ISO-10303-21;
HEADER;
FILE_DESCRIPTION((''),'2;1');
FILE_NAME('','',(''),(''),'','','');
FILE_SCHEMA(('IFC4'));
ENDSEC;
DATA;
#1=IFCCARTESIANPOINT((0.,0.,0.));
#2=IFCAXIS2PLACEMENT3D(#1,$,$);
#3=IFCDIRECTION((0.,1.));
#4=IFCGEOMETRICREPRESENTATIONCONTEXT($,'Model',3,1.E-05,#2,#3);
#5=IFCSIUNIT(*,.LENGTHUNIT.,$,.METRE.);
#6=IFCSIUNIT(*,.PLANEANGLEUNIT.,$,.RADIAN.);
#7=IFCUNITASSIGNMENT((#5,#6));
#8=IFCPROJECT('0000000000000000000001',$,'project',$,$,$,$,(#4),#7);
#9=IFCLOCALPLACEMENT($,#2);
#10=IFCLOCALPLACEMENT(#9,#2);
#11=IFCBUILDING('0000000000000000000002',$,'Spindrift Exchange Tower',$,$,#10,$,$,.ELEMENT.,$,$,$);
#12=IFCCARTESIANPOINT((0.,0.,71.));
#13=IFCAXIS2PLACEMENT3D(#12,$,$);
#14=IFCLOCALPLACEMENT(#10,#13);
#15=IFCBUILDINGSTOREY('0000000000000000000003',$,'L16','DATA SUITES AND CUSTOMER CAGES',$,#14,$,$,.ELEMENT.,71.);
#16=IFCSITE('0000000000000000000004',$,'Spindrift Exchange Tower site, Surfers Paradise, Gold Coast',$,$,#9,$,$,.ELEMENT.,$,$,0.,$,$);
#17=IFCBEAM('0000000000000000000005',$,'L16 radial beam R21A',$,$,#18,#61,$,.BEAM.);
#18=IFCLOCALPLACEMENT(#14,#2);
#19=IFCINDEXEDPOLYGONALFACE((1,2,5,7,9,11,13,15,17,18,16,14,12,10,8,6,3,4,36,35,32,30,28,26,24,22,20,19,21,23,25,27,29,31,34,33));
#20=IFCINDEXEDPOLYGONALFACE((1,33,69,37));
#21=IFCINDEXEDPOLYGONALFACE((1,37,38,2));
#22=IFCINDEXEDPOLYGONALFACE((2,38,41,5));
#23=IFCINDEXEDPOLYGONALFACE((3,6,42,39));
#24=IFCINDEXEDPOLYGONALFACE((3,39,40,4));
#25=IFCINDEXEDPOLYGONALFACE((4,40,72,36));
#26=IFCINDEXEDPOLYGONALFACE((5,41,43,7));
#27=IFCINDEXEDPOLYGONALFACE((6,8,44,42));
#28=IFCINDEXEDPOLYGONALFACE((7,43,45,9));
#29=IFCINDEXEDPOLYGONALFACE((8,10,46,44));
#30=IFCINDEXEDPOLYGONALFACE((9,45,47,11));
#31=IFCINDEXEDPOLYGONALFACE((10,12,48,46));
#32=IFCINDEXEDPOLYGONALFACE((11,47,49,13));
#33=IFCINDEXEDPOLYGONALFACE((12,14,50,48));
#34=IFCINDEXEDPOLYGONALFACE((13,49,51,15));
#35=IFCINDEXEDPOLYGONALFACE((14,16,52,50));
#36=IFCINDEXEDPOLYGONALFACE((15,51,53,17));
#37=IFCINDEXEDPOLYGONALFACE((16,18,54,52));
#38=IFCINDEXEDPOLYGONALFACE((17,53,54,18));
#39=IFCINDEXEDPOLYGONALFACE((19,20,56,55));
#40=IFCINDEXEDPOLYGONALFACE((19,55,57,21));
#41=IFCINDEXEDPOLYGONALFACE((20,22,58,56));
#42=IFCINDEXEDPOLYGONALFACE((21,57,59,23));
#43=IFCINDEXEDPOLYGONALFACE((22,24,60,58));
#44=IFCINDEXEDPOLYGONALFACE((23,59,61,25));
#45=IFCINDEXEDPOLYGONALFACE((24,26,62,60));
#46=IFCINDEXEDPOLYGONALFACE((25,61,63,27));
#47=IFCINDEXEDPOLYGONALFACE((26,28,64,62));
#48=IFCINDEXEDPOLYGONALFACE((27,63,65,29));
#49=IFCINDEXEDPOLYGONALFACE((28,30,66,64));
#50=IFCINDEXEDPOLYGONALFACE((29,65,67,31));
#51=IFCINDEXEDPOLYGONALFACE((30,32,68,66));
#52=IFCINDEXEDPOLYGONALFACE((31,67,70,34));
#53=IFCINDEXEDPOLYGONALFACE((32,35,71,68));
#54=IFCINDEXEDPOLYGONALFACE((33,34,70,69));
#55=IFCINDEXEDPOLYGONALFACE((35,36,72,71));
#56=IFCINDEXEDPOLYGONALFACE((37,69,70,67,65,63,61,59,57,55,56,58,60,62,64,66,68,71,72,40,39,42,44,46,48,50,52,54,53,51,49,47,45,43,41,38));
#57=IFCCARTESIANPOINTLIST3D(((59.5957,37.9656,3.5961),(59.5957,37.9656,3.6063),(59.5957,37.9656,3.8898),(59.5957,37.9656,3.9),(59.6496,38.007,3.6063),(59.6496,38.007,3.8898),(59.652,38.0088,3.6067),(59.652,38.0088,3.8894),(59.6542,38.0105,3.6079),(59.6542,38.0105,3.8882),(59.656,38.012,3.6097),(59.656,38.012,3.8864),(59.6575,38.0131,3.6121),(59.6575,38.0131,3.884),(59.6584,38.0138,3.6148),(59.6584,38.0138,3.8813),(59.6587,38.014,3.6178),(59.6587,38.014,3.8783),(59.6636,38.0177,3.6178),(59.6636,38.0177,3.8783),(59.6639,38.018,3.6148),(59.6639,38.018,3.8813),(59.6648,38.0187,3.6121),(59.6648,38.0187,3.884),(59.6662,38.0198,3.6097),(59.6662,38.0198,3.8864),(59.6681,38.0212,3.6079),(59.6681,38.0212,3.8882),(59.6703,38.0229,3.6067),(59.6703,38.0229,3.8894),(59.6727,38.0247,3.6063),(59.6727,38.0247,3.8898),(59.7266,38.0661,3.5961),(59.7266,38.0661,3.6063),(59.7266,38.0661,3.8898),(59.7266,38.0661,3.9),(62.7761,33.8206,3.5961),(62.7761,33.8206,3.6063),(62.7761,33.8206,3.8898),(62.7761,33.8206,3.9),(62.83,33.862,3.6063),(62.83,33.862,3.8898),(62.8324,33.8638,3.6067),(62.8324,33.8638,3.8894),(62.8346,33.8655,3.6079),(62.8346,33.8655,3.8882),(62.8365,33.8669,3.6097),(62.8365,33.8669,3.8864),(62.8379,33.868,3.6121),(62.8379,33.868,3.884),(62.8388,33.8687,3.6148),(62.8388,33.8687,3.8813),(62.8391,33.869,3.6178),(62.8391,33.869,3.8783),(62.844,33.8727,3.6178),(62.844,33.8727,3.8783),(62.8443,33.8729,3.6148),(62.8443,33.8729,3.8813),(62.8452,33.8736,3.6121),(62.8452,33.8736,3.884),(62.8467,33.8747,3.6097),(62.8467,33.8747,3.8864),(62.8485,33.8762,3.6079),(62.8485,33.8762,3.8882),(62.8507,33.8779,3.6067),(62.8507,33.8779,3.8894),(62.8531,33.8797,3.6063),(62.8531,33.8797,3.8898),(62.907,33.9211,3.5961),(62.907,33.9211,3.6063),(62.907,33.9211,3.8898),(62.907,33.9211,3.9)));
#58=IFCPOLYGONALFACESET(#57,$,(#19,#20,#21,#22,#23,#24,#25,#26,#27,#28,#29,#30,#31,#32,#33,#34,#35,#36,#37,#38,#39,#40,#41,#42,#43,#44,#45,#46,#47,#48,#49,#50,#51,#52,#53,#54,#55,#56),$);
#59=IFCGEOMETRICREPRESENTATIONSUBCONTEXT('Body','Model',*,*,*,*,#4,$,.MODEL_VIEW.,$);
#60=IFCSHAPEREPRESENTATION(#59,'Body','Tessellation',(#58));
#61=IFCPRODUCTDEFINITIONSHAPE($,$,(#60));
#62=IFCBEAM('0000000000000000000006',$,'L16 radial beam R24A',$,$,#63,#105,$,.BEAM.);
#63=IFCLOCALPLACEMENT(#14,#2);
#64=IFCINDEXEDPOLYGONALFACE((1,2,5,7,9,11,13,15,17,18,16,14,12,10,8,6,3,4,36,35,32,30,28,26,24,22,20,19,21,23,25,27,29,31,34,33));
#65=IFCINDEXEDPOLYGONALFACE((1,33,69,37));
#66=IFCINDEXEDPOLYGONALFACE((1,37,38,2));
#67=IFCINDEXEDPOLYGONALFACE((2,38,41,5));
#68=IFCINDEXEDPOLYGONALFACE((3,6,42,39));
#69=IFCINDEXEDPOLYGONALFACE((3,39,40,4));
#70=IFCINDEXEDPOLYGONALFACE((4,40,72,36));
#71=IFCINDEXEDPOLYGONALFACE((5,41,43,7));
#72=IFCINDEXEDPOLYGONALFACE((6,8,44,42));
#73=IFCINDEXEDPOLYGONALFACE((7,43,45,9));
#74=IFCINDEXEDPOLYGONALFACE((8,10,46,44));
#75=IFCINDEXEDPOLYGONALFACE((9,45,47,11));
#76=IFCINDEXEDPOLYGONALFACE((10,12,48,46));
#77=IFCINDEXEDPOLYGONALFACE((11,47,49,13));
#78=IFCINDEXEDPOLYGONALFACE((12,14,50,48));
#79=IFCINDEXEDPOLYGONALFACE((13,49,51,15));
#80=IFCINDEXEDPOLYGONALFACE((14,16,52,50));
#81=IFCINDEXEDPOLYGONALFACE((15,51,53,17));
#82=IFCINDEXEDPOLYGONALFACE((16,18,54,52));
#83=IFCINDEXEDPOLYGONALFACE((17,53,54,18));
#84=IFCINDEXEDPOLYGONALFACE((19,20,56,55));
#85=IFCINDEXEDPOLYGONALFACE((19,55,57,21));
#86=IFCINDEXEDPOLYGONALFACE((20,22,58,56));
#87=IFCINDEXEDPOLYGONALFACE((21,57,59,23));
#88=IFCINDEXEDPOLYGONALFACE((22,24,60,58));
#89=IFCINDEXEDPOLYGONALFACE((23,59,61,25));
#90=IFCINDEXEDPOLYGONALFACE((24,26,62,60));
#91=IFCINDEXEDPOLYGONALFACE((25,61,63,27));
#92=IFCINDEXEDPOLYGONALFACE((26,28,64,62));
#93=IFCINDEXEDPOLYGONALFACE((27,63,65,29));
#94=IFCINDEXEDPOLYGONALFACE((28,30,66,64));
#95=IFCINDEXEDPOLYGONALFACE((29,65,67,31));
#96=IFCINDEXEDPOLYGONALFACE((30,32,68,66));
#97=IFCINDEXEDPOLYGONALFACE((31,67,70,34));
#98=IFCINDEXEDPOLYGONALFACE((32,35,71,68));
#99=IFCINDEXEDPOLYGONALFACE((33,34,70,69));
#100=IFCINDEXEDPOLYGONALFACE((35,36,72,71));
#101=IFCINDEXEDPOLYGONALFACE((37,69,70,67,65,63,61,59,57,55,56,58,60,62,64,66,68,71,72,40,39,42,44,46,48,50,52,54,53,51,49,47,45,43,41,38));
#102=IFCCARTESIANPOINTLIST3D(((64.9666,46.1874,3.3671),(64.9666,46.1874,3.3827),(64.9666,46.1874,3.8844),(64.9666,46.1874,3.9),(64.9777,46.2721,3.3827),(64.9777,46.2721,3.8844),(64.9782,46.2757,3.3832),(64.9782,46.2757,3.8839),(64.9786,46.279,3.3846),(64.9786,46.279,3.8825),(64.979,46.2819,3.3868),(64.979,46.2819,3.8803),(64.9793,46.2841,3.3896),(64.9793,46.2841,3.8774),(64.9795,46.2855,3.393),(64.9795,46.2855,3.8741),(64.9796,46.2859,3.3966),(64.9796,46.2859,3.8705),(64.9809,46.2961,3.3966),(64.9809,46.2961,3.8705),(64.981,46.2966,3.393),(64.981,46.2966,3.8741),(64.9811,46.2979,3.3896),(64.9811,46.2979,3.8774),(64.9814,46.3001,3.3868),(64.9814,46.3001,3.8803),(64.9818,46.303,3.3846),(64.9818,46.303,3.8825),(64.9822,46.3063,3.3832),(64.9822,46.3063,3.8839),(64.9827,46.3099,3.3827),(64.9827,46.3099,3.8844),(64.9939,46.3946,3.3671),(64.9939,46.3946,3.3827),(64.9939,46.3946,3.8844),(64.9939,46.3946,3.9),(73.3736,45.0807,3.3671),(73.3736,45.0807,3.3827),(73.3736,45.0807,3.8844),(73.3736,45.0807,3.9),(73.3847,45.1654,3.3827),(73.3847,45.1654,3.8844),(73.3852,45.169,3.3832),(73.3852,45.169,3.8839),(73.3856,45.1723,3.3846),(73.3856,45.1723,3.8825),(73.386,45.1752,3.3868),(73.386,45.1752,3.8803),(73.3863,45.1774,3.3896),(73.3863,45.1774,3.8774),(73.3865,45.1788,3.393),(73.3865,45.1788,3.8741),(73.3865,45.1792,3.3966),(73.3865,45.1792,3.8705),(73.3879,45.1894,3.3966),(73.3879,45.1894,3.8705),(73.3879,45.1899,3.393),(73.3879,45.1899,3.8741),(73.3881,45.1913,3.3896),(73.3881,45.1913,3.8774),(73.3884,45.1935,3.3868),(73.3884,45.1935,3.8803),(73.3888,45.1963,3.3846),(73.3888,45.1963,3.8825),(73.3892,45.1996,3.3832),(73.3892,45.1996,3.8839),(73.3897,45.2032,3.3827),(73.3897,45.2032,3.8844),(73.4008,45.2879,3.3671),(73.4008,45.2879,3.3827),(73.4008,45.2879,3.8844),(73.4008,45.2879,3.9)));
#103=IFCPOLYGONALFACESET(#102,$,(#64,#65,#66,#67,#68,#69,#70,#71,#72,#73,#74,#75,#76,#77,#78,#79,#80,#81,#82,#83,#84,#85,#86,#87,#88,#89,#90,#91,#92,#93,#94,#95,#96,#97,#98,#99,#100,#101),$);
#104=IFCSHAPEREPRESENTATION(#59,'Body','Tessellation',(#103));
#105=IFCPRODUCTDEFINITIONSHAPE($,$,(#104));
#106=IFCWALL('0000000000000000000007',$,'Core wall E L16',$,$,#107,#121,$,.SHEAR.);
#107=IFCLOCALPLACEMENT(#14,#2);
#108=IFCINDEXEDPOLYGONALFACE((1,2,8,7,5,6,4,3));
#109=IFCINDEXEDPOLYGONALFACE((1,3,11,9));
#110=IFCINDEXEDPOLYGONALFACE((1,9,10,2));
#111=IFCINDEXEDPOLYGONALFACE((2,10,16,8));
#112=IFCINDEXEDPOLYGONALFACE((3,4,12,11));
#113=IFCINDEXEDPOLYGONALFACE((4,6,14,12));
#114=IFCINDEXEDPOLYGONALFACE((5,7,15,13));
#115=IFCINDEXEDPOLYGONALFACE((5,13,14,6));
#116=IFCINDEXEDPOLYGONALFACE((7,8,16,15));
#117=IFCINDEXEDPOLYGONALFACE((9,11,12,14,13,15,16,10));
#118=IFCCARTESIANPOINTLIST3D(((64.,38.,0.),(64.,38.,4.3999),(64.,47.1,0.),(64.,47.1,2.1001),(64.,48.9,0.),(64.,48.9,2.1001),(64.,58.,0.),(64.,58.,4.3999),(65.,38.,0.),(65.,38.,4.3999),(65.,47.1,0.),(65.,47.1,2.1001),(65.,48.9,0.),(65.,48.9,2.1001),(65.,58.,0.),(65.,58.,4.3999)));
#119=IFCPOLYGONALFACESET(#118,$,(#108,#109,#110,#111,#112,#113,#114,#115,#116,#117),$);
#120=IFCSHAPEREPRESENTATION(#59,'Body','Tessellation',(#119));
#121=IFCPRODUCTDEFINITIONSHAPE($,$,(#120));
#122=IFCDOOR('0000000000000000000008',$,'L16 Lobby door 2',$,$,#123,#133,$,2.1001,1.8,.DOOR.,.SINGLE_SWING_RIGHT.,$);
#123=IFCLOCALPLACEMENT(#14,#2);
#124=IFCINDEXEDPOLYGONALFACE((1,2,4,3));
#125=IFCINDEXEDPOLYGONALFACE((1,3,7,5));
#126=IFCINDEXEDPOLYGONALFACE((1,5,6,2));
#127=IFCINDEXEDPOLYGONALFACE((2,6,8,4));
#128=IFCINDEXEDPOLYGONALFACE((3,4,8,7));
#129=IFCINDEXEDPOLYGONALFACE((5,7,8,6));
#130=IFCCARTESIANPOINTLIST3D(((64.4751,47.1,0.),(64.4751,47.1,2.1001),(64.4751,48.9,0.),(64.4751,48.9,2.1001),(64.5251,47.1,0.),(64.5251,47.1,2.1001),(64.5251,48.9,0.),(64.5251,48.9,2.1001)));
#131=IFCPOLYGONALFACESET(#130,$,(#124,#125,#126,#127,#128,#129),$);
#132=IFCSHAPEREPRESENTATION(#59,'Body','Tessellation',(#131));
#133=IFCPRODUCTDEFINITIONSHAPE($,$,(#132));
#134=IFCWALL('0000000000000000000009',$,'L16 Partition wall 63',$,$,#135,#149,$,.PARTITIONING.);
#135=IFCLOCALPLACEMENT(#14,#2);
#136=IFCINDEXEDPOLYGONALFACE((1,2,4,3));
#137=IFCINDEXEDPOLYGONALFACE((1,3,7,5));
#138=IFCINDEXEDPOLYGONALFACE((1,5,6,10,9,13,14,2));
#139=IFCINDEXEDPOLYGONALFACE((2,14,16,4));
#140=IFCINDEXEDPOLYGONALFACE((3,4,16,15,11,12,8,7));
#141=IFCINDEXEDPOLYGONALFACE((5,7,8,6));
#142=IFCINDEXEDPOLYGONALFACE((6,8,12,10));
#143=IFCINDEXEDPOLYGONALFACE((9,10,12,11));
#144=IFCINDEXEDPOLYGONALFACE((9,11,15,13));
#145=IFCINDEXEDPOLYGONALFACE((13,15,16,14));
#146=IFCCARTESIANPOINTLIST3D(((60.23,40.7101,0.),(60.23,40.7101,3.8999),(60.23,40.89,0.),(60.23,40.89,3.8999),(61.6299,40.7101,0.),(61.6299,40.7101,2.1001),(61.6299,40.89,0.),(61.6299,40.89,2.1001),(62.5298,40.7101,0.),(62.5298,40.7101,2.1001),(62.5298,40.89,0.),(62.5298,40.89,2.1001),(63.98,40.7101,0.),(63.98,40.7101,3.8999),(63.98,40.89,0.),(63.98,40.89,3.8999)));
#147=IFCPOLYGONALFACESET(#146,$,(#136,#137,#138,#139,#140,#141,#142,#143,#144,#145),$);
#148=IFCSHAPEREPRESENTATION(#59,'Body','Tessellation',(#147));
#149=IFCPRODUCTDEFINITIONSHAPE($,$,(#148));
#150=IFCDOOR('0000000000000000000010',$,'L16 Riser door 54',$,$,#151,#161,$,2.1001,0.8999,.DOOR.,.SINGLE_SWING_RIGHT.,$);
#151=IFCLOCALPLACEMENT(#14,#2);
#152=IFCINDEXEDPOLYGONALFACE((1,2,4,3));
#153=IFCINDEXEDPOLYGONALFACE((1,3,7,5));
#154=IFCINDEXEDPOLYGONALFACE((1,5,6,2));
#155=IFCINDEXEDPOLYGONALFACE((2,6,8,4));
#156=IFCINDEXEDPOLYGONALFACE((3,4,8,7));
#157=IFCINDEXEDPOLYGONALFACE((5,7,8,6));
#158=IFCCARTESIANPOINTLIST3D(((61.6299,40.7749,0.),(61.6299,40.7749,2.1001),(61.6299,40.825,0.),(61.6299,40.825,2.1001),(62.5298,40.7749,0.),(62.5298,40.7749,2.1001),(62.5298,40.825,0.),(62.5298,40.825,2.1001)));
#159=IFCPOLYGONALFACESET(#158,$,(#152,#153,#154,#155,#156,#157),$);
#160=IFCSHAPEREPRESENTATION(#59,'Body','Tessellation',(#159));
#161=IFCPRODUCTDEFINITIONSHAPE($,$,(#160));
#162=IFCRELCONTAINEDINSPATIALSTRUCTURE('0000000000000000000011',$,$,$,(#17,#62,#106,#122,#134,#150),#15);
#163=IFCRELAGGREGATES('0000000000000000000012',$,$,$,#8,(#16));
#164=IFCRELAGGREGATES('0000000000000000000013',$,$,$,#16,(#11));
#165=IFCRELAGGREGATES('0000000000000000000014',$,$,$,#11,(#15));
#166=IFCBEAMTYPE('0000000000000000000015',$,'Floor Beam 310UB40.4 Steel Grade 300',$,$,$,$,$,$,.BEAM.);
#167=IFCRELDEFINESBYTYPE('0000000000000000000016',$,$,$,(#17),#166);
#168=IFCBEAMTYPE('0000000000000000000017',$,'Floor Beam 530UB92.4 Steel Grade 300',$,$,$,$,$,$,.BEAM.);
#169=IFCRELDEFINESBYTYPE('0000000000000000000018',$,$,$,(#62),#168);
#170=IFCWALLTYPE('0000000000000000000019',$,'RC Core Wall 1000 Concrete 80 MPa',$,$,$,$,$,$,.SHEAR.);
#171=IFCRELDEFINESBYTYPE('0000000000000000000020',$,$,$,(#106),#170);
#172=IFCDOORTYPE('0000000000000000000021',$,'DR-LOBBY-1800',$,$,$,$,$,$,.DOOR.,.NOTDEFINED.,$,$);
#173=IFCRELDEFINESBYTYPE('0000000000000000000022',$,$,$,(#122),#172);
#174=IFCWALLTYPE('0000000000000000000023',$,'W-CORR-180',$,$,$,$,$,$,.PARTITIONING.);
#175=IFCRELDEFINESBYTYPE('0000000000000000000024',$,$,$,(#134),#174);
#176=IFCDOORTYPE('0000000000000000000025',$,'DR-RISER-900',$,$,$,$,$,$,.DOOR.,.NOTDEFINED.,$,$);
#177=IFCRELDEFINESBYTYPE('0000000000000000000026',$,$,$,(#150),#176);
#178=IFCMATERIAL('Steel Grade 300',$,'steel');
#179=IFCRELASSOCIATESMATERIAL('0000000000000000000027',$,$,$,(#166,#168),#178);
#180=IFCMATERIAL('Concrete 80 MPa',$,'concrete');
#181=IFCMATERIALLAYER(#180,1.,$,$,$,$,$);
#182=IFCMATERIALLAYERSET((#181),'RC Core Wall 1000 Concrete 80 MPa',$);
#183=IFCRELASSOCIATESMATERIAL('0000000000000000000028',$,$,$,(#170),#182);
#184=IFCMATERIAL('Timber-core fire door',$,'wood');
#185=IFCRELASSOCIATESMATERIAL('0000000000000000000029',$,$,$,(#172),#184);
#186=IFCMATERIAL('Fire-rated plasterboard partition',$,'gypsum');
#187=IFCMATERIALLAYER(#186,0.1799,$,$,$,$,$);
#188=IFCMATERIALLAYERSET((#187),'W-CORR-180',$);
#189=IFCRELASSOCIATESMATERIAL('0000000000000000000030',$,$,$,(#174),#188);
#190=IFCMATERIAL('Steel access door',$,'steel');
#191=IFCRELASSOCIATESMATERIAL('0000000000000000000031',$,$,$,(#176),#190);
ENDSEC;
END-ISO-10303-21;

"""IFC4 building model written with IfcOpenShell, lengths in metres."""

from ifc_helpers import new_model, si_unit, direction, frame, frame_2d, origin, origin_2d, place, context, subcontext, project, spatial, rectangle, i_section, extrude, source, transform, mapped, material, layer, layer_set, material_profile, profile_set, type_object, element, fill, save


model = new_model("IFC4")

# Units and contexts
model_context = context("Model", 3, precision=1e-05, world=origin(), true_north=direction((0.0, 1.0)))
body_context = subcontext(model_context, "Body", "Model", "MODEL_VIEW")
ifc_project = project(units=[si_unit("LENGTHUNIT", "METRE"), si_unit("PLANEANGLEUNIT", "RADIAN")], contexts=[model_context])

# Site, building, storey
site_placement = place(None, origin())
site = spatial("IfcSite", under=ifc_project, at=site_placement, Name="Spindrift Exchange Tower site, Surfers Paradise, Gold Coast", CompositionType="ELEMENT", RefElevation=0.0)
building_placement = place(site_placement, origin())
building = spatial("IfcBuilding", under=site, at=building_placement, Name="Spindrift Exchange Tower", CompositionType="ELEMENT")
storey_placement = place(building_placement, frame((0.0, 0.0, 71.0)))
storey = spatial("IfcBuildingStorey", under=building, at=storey_placement, Name="L16", Description="DATA SUITES AND CUSTOMER CAGES", CompositionType="ELEMENT", Elevation=71.0)

# Beams
ifc_material_1 = material(Name="Steel Grade 300", Category="steel")
ifc_material_profile_1 = material_profile(ifc_material_1, i_section(OverallWidth=0.165, OverallDepth=0.304, WebThickness=0.0061, FlangeThickness=0.0103, FilletRadius=0.0115, at=origin_2d()), Name="310UB40.4")
ifc_profile_set_1 = profile_set([ifc_material_profile_1], Name="Steel Grade 300")
beam_type_1 = type_object("IfcBeamType", Name="Floor Beam 310UB40.4 Steel Grade 300", PredefinedType="BEAM", material=ifc_profile_set_1)
shared_shape_1 = source(origin(), body_context, "Body", "SweptSolid", [
    extrude(i_section(OverallWidth=0.165, OverallDepth=0.304, WebThickness=0.0061, FlangeThickness=0.0103, FilletRadius=0.0115, at=origin_2d()), origin(), (0.0, 0.0, 1.0), 5.2246),
])
beam_1_placement = place(storey_placement, frame((59.6611, 38.0159, 3.748), z_axis=(0.608741, -0.793369, 0.0), x_axis=(0.793369, 0.608741, 0.0)))
element("IfcBeam", 1, at=beam_1_placement, inside=storey, type_object=beam_type_1, Name="L16 radial beam R21A", PredefinedType="BEAM", context=body_context, shape_type="MappedRepresentation", body=[
    mapped(shared_shape_1, transform((0.0, 0.0, 0.0), scale=1.0)),
])
ifc_material_profile_2 = material_profile(ifc_material_1, i_section(OverallWidth=0.209, OverallDepth=0.533, WebThickness=0.0103, FlangeThickness=0.0156, FilletRadius=0.0139, at=origin_2d()), Name="530UB92.4")
ifc_profile_set_2 = profile_set([ifc_material_profile_2], Name="Steel Grade 300")
beam_type_2 = type_object("IfcBeamType", Name="Floor Beam 530UB92.4 Steel Grade 300", PredefinedType="BEAM", material=ifc_profile_set_2)
shared_shape_2 = source(origin(), body_context, "Body", "SweptSolid", [
    extrude(i_section(OverallWidth=0.209, OverallDepth=0.533, WebThickness=0.0103, FlangeThickness=0.0156, FilletRadius=0.0139, at=origin_2d()), origin(), (0.0, 0.0, 1.0), 8.4795),
])
beam_2_placement = place(storey_placement, frame((64.9802, 46.291, 3.6335), z_axis=(0.991447, -0.130513, 0.0), x_axis=(0.130513, 0.991447, 0.0)))
element("IfcBeam", 2, at=beam_2_placement, inside=storey, type_object=beam_type_2, Name="L16 radial beam R24A", PredefinedType="BEAM", context=body_context, shape_type="MappedRepresentation", body=[
    mapped(shared_shape_2, transform((0.0, 0.0, 0.0), scale=1.0)),
])

# Walls, openings, doors
ifc_material_2 = material(Name="Concrete 80 MPa", Category="concrete")
ifc_layer_1 = layer(ifc_material_2, 1.0)
ifc_layer_set_1 = layer_set([ifc_layer_1], Name="RC Core Wall 1000 Concrete 80 MPa")
wall_type_1 = type_object("IfcWallType", Name="RC Core Wall 1000 Concrete 80 MPa", PredefinedType="SHEAR", material=ifc_layer_set_1)
wall_1_placement = place(storey_placement, frame((64.5, 38.0, 0.0), z_axis=(0.0, 0.0, 1.0), x_axis=(0.0, 1.0, 0.0)))
wall_1 = element("IfcWall", 3, at=wall_1_placement, inside=storey, type_object=wall_type_1, Name="Core wall E L16", PredefinedType="SHEAR", context=body_context, shape_type="SweptSolid", body=[
    extrude(rectangle(XDim=20.0, YDim=1.0, at=frame_2d((10.0, 0.0))), origin(), (0.0, 0.0, 1.0), 4.3999),
])
opening_1_placement = place(wall_1_placement, frame((9.1001, 0.0, 0.0)))
opening_1 = element("IfcOpeningElement", 4, at=opening_1_placement, cuts=wall_1, PredefinedType="OPENING", context=body_context, shape_type="SweptSolid", body=[
    extrude(rectangle(XDim=1.8, YDim=2.1001, at=frame_2d((0.8999, 1.05))), frame((0.0, 0.51, 0.0), z_axis=(0.0, -1.0, 0.0), x_axis=(1.0, 0.0, 0.0)), (0.0, 0.0, 1.0), 1.02),
])
ifc_material_3 = material(Name="Timber-core fire door", Category="wood")
door_type_1 = type_object("IfcDoorType", Name="DR-LOBBY-1800", OperationType="NOTDEFINED", PredefinedType="DOOR", material=ifc_material_3)
shared_shape_3 = source(origin(), body_context, "Body", "SweptSolid", [
    extrude(rectangle(XDim=1.8, YDim=2.1001, at=frame_2d((0.8999, 1.05))), frame((0.0, 0.0249, 0.0), z_axis=(0.0, -1.0, 0.0), x_axis=(1.0, 0.0, 0.0)), (0.0, 0.0, 1.0), 0.05),
])
door_1_placement = place(opening_1_placement, origin())
door_1 = element("IfcDoor", 5, at=door_1_placement, inside=storey, type_object=door_type_1, Name="L16 Lobby door 2", OperationType="SINGLE_SWING_RIGHT", OverallHeight=2.1001, OverallWidth=1.8, PredefinedType="DOOR", context=body_context, shape_type="MappedRepresentation", body=[
    mapped(shared_shape_3, transform((0.0, 0.0, 0.0), scale=1.0)),
])
fill(opening_1, door_1)
ifc_material_4 = material(Name="Fire-rated plasterboard partition", Category="gypsum")
ifc_layer_2 = layer(ifc_material_4, 0.1799)
ifc_layer_set_2 = layer_set([ifc_layer_2], Name="W-CORR-180")
wall_type_2 = type_object("IfcWallType", Name="W-CORR-180", PredefinedType="PARTITIONING", material=ifc_layer_set_2)
wall_2_placement = place(storey_placement, frame((60.23, 40.8, 0.0), z_axis=(0.0, 0.0, 1.0), x_axis=(1.0, 0.0, 0.0)))
wall_2 = element("IfcWall", 6, at=wall_2_placement, inside=storey, type_object=wall_type_2, Name="L16 Partition wall 63", PredefinedType="PARTITIONING", context=body_context, shape_type="SweptSolid", body=[
    extrude(rectangle(XDim=3.75, YDim=0.1799, at=frame_2d((1.875, 0.0))), origin(), (0.0, 0.0, 1.0), 3.8999),
])
opening_2_placement = place(wall_2_placement, frame((1.3999, 0.0, 0.0)))
opening_2 = element("IfcOpeningElement", 7, at=opening_2_placement, cuts=wall_2, PredefinedType="OPENING", context=body_context, shape_type="SweptSolid", body=[
    extrude(rectangle(XDim=0.8999, YDim=2.1001, at=frame_2d((0.45, 1.05))), frame((0.0, 0.0999, 0.0), z_axis=(0.0, -1.0, 0.0), x_axis=(1.0, 0.0, 0.0)), (0.0, 0.0, 1.0), 0.2),
])
ifc_material_5 = material(Name="Steel access door", Category="steel")
door_type_2 = type_object("IfcDoorType", Name="DR-RISER-900", OperationType="NOTDEFINED", PredefinedType="DOOR", material=ifc_material_5)
shared_shape_4 = source(origin(), body_context, "Body", "SweptSolid", [
    extrude(rectangle(XDim=0.8999, YDim=2.1001, at=frame_2d((0.45, 1.05))), frame((0.0, 0.0249, 0.0), z_axis=(0.0, -1.0, 0.0), x_axis=(1.0, 0.0, 0.0)), (0.0, 0.0, 1.0), 0.05),
])
door_2_placement = place(opening_2_placement, origin())
door_2 = element("IfcDoor", 8, at=door_2_placement, inside=storey, type_object=door_type_2, Name="L16 Riser door 54", OperationType="SINGLE_SWING_RIGHT", OverallHeight=2.1001, OverallWidth=0.8999, PredefinedType="DOOR", context=body_context, shape_type="MappedRepresentation", body=[
    mapped(shared_shape_4, transform((0.0, 0.0, 0.0), scale=1.0)),
])
fill(opening_2, door_2)

save(model, "model.ifc")
